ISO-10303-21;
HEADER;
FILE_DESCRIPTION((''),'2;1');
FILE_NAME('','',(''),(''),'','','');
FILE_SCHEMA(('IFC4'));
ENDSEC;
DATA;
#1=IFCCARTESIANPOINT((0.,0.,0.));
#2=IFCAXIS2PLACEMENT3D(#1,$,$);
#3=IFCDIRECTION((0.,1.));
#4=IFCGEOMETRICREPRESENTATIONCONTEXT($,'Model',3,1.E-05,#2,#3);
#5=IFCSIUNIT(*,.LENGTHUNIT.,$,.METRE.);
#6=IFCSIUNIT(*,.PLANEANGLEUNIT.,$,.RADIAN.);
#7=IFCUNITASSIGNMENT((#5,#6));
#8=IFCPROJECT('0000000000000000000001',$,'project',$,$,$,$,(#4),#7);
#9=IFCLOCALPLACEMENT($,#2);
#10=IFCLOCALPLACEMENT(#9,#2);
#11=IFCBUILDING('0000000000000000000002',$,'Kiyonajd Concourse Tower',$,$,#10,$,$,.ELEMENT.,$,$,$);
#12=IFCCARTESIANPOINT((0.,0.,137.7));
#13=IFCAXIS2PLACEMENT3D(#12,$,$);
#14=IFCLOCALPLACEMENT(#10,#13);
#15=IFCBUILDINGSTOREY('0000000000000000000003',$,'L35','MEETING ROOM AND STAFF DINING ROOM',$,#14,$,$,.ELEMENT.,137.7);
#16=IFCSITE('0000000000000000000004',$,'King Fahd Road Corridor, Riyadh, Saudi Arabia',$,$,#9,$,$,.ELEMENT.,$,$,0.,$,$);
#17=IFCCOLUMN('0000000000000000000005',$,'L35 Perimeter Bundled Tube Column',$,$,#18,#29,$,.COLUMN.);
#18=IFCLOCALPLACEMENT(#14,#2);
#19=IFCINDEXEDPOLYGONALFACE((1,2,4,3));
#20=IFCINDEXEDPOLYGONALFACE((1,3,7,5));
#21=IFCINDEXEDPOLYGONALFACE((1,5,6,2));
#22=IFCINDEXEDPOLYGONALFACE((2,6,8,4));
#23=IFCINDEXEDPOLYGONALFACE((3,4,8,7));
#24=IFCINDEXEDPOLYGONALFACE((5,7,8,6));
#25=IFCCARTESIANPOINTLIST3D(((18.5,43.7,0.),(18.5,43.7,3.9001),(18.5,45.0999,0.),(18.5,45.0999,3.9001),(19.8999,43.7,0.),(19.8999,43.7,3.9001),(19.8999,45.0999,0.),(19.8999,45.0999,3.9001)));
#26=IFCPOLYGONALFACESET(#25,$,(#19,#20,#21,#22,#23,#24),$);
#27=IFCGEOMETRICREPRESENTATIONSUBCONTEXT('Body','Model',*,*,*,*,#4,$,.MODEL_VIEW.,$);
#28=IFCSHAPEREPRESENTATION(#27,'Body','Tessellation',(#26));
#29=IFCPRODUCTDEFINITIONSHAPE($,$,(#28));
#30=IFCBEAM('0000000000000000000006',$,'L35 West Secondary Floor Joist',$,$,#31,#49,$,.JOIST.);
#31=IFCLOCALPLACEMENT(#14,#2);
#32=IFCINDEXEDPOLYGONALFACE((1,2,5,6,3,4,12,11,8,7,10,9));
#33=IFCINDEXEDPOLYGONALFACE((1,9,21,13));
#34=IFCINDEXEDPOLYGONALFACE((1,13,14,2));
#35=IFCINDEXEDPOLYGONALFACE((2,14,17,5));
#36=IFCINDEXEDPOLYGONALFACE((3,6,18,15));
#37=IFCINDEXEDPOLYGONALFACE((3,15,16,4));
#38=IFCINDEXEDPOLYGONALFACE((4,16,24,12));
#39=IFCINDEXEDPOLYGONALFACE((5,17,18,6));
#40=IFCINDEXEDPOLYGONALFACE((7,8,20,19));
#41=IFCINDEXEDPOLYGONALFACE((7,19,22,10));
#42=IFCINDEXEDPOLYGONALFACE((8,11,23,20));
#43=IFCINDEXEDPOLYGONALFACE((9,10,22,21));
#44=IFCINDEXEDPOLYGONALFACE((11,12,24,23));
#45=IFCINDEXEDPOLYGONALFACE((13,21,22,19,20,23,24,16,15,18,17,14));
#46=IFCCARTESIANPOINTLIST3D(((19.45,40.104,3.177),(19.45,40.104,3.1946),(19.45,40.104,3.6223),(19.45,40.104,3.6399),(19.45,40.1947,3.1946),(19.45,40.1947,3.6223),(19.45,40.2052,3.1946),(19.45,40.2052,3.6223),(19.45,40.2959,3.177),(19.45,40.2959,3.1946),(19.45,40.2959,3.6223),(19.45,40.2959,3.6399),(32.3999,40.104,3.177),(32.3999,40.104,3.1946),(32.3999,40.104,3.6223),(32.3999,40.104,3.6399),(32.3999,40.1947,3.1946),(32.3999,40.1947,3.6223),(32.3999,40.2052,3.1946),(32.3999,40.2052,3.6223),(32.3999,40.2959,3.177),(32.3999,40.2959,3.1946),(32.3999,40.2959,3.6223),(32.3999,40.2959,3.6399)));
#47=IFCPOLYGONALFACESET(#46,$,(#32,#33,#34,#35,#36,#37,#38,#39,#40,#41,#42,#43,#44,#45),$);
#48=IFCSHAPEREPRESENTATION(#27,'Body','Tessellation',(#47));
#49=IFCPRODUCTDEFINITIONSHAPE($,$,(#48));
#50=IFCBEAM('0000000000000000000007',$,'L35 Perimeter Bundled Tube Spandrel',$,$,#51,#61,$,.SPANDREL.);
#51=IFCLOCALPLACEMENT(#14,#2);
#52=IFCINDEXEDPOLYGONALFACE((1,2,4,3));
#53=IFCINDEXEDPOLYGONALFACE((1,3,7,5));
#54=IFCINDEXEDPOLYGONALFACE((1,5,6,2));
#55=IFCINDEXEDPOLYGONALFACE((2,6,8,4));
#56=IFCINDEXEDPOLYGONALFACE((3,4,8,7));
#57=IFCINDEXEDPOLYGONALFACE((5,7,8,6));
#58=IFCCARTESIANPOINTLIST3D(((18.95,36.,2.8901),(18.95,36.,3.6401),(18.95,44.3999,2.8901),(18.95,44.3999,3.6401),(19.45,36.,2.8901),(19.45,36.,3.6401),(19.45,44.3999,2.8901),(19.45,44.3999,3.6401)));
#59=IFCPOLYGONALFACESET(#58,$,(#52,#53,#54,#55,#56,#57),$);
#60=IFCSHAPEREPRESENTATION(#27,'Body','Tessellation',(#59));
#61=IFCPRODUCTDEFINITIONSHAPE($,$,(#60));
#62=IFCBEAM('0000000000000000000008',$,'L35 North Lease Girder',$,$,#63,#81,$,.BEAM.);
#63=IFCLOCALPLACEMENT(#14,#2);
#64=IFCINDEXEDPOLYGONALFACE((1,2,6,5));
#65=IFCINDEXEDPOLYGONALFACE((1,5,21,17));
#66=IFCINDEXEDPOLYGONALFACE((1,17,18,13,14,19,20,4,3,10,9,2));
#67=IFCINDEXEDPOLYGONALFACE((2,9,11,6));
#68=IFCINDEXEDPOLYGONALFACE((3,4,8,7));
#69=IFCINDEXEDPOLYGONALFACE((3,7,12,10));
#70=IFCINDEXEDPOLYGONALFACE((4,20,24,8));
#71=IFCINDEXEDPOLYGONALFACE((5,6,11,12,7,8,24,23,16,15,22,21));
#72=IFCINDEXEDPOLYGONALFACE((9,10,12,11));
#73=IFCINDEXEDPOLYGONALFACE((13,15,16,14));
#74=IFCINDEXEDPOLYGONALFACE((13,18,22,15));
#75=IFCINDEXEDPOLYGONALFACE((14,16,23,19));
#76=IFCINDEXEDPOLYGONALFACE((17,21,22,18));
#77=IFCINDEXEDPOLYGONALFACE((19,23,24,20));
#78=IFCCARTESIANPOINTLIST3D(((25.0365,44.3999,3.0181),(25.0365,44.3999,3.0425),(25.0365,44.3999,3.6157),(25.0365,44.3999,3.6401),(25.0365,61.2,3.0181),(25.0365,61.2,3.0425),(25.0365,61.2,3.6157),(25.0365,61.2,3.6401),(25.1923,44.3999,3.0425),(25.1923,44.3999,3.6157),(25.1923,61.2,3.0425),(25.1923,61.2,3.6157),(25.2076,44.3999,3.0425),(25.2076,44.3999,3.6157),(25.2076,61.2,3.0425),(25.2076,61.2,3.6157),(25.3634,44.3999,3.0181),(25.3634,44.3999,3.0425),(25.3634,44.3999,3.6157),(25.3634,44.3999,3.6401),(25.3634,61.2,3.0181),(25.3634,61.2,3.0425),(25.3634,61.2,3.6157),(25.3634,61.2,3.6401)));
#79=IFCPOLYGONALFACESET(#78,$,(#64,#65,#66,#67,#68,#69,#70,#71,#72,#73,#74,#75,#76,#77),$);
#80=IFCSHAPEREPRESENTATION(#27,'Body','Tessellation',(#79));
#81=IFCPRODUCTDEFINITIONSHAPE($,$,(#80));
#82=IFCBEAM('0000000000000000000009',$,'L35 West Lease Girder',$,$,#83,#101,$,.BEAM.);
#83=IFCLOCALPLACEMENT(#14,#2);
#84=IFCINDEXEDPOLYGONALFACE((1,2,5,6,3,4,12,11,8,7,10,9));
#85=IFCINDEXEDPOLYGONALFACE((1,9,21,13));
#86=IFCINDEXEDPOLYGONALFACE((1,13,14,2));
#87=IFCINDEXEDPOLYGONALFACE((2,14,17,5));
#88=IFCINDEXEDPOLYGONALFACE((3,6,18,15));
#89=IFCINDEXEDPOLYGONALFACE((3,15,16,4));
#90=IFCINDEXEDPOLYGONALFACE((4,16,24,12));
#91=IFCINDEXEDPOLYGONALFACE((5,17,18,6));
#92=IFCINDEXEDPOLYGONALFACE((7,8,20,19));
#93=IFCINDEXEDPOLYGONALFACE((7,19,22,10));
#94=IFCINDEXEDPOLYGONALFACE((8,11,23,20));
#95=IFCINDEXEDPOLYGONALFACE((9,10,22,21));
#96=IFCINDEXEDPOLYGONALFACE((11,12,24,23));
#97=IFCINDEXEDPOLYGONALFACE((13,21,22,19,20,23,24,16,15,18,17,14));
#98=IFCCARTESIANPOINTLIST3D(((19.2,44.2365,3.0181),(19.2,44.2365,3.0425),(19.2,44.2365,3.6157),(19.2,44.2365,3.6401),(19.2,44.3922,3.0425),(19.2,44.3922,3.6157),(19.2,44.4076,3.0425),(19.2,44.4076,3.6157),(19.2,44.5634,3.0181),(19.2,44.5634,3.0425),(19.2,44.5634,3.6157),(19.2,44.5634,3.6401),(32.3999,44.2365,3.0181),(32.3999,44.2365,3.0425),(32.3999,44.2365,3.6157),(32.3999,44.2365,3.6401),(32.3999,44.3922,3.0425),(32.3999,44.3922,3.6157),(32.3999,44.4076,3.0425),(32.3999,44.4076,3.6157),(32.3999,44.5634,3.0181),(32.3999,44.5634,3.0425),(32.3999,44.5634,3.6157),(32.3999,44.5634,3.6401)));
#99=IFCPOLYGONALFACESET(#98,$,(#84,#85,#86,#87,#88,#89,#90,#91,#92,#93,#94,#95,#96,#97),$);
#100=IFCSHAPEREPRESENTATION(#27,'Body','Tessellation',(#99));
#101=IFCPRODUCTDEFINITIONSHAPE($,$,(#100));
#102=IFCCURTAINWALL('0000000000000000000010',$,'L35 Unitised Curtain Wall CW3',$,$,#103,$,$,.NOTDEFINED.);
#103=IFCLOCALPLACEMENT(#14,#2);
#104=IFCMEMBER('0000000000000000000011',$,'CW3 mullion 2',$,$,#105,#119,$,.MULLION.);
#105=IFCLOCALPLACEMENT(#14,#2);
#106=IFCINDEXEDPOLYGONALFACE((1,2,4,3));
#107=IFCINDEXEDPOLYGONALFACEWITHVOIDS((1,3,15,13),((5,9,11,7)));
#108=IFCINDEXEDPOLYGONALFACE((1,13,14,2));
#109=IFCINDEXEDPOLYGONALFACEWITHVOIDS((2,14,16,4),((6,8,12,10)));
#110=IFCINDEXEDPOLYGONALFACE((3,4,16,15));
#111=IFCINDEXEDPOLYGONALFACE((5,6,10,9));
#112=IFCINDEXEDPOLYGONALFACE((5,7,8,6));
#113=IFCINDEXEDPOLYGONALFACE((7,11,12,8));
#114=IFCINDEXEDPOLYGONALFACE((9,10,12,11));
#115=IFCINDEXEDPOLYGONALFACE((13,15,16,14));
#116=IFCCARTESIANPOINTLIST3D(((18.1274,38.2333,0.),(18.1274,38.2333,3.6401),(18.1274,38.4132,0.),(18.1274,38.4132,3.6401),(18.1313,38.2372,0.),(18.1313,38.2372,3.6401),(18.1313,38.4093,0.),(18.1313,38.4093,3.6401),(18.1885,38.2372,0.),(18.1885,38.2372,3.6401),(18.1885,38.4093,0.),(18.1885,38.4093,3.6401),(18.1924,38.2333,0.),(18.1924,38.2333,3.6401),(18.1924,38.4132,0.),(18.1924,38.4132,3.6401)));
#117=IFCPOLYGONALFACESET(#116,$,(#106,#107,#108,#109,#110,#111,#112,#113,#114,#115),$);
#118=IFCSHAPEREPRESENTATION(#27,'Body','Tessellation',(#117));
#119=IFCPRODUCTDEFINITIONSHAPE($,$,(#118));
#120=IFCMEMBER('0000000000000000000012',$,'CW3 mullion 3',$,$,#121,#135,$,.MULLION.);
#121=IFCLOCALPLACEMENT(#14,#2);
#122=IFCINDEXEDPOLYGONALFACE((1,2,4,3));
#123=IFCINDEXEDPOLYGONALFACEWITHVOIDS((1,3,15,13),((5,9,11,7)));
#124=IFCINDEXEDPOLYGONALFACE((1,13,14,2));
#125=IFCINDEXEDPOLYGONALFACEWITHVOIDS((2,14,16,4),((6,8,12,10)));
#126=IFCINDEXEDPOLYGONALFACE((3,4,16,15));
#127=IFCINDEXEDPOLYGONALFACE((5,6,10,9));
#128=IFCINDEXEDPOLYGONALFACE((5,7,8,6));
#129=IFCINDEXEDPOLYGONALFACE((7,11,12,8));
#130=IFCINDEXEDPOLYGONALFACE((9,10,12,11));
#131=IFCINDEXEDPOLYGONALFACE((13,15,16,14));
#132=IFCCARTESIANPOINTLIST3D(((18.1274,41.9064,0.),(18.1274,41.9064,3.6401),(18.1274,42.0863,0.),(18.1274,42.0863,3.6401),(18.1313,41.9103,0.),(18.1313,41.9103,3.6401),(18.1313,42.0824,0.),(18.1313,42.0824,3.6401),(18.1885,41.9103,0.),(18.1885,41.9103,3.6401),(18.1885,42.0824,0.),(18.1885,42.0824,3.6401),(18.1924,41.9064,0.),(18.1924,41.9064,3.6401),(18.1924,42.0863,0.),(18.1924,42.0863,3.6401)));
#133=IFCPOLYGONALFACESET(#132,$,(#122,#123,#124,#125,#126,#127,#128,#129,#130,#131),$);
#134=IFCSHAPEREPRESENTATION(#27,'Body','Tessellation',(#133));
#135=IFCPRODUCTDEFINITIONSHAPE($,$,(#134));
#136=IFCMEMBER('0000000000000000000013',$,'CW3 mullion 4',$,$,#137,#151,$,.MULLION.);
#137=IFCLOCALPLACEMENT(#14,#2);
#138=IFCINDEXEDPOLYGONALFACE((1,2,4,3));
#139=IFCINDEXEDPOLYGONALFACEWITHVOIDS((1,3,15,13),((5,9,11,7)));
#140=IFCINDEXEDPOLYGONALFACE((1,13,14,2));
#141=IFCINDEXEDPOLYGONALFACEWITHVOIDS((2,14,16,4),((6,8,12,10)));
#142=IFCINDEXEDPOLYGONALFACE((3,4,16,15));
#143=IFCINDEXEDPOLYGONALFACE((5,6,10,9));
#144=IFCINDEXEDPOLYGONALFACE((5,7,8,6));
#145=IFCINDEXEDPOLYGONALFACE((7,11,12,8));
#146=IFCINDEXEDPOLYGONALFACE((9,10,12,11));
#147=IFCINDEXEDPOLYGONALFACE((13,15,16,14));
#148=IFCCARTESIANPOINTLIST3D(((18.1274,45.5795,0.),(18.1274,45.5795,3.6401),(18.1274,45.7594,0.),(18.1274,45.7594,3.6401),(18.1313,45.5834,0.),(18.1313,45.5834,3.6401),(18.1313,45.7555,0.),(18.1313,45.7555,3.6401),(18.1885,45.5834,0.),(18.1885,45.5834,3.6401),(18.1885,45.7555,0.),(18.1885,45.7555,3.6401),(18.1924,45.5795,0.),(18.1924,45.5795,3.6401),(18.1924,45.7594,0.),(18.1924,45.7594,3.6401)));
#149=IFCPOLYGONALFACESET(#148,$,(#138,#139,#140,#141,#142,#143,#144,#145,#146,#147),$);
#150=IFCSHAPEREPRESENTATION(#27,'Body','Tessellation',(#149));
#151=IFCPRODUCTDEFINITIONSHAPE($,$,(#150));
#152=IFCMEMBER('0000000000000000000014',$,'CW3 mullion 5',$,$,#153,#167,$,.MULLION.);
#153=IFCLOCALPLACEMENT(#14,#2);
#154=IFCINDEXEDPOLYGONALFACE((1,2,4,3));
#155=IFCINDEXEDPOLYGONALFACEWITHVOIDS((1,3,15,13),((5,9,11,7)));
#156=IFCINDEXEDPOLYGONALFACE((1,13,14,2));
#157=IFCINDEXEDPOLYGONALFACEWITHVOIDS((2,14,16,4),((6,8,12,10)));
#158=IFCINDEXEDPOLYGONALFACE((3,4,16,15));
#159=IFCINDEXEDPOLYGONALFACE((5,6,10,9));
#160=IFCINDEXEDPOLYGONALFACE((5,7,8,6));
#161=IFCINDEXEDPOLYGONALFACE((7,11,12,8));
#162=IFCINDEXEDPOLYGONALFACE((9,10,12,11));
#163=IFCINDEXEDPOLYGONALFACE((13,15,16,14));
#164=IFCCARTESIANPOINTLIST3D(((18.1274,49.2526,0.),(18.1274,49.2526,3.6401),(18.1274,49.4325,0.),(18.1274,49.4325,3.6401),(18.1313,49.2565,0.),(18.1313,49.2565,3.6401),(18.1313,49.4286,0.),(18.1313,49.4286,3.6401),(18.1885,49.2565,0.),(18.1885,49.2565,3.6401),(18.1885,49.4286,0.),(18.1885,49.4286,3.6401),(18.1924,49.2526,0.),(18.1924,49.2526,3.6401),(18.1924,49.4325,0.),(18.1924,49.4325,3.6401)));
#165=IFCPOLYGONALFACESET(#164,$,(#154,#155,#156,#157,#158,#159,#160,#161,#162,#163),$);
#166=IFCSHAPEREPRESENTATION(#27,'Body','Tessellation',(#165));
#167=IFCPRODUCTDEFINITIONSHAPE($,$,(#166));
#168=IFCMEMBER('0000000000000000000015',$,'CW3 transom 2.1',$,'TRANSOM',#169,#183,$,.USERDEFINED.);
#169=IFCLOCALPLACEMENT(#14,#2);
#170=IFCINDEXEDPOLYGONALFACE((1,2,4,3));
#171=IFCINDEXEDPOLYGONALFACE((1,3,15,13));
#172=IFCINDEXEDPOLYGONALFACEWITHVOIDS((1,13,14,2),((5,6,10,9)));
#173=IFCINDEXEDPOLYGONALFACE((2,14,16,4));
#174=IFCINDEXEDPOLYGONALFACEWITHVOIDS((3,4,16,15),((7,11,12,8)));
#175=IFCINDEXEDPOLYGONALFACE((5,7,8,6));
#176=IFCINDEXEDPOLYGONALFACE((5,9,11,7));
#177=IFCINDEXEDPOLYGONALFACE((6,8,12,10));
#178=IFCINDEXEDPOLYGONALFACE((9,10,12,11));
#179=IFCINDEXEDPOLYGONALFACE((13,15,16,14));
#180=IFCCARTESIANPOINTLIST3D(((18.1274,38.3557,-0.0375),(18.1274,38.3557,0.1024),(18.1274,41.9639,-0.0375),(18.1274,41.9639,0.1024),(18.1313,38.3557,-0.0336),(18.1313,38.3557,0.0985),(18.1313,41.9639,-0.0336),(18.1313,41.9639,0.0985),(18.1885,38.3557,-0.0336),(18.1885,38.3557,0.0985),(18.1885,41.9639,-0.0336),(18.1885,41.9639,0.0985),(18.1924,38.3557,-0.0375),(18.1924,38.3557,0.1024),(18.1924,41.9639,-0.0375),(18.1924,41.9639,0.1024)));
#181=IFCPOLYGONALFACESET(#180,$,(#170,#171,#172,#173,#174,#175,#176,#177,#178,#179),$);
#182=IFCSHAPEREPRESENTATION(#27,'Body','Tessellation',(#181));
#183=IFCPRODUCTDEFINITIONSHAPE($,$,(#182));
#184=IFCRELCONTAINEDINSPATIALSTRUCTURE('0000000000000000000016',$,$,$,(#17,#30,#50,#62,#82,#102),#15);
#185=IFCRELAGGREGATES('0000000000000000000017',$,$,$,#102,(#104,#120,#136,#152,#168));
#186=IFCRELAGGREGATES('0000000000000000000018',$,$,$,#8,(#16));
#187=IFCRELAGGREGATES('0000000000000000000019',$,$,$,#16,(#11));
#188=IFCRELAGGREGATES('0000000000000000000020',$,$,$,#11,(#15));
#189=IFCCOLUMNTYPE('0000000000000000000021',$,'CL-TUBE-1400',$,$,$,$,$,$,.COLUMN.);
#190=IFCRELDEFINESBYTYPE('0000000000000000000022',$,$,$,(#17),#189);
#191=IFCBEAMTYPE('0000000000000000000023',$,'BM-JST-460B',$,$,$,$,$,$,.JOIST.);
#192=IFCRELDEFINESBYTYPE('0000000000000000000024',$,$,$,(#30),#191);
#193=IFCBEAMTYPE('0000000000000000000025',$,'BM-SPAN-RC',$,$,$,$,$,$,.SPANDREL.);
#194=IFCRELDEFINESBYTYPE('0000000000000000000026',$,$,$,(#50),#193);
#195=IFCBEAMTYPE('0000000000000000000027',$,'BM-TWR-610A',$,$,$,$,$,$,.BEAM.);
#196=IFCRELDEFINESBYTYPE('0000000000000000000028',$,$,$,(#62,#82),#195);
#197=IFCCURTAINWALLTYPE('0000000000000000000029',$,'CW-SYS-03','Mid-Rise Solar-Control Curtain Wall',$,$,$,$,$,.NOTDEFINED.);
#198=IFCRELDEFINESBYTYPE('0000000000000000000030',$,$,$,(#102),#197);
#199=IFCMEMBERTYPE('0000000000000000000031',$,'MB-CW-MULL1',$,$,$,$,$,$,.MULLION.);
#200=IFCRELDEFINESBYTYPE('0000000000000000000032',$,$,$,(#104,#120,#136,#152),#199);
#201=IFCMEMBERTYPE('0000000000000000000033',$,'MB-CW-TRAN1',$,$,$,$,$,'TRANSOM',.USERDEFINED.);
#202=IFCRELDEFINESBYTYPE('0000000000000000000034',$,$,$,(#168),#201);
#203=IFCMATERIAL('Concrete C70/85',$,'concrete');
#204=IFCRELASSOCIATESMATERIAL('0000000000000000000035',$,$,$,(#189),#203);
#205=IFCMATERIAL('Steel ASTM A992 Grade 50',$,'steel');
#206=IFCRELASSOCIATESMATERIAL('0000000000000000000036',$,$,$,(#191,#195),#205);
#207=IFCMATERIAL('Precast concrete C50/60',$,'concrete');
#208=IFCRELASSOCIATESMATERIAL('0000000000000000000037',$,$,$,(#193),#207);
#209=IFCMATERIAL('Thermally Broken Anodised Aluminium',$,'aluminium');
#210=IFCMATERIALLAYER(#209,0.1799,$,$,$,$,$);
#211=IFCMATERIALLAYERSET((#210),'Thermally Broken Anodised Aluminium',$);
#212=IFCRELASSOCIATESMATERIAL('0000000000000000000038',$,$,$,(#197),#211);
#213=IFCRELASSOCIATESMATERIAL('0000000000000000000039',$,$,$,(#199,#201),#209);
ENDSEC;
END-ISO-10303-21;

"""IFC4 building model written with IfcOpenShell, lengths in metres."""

from ifc_helpers import new_model, si_unit, direction, frame, origin, origin_2d, place, context, subcontext, project, spatial, rectangle, hollow_rectangle, i_section, extrude, material, layer, layer_set, material_profile, profile_set, type_object, element, aggregate, save


model = new_model("IFC4")

# Units and contexts
model_context = context("Model", 3, precision=1e-05, world=origin(), true_north=direction((0.0, 1.0)))
body_context = subcontext(model_context, "Body", "Model", "MODEL_VIEW")
ifc_project = project(units=[si_unit("LENGTHUNIT", "METRE"), si_unit("PLANEANGLEUNIT", "RADIAN")], contexts=[model_context])

# Site, building, storey
site_placement = place(None, origin())
site = spatial("IfcSite", under=ifc_project, at=site_placement, Name="King Fahd Road Corridor, Riyadh, Saudi Arabia", CompositionType="ELEMENT", RefElevation=0.0)
building_placement = place(site_placement, origin())
building = spatial("IfcBuilding", under=site, at=building_placement, Name="Kiyonajd Concourse Tower", CompositionType="ELEMENT")
storey_placement = place(building_placement, frame((0.0, 0.0, 137.7)))
storey = spatial("IfcBuildingStorey", under=building, at=storey_placement, Name="L35", Description="MEETING ROOM AND STAFF DINING ROOM", CompositionType="ELEMENT", Elevation=137.7)

# Column
ifc_material_1 = material(Name="Concrete C70/85", Category="concrete")
ifc_material_profile_1 = material_profile(ifc_material_1, rectangle(XDim=1.3999, YDim=1.3999, at=origin_2d()), Name="RC-1400x1400")
ifc_profile_set_1 = profile_set([ifc_material_profile_1], Name="Concrete C70/85")
column_type = type_object("IfcColumnType", Name="CL-TUBE-1400", PredefinedType="COLUMN", material=ifc_profile_set_1)
column_placement = place(storey_placement, frame((19.2, 44.3999, 0.0), z_axis=(0.0, 0.0, 1.0), x_axis=(1.0, 0.0, 0.0)))
element("IfcColumn", 1, at=column_placement, inside=storey, type_object=column_type, Name="L35 Perimeter Bundled Tube Column", PredefinedType="COLUMN", context=body_context, shape_type="SweptSolid", body=[
    extrude(rectangle(XDim=1.3999, YDim=1.3999, at=origin_2d()), origin(), (0.0, 0.0, 1.0), 3.9001),
])

# Beams
ifc_material_2 = material(Name="Steel ASTM A992 Grade 50", Category="steel")
ifc_material_profile_2 = material_profile(ifc_material_2, i_section(OverallWidth=0.1919, OverallDepth=0.4629, WebThickness=0.0105, FlangeThickness=0.0176, at=origin_2d()), Name="W460X89")
ifc_profile_set_2 = profile_set([ifc_material_profile_2], Name="Steel ASTM A992 Grade 50")
beam_type_1 = type_object("IfcBeamType", Name="BM-JST-460B", PredefinedType="JOIST", material=ifc_profile_set_2)
beam_1_placement = place(storey_placement, frame((19.45, 40.2, 3.4084), z_axis=(1.0, 0.0, 0.0), x_axis=(0.0, 1.0, 0.0)))
element("IfcBeam", 2, at=beam_1_placement, inside=storey, type_object=beam_type_1, Name="L35 West Secondary Floor Joist", PredefinedType="JOIST", context=body_context, shape_type="SweptSolid", body=[
    extrude(i_section(OverallWidth=0.1919, OverallDepth=0.4629, WebThickness=0.0105, FlangeThickness=0.0176, at=origin_2d()), origin(), (0.0, 0.0, 1.0), 12.95),
])
ifc_material_3 = material(Name="Precast concrete C50/60", Category="concrete")
ifc_material_profile_3 = material_profile(ifc_material_3, rectangle(XDim=0.5, YDim=0.75, at=origin_2d()), Name="RCBM-500x750")
ifc_profile_set_3 = profile_set([ifc_material_profile_3], Name="Precast concrete C50/60")
beam_type_2 = type_object("IfcBeamType", Name="BM-SPAN-RC", PredefinedType="SPANDREL", material=ifc_profile_set_3)
beam_2_placement = place(storey_placement, frame((19.2, 44.3999, 3.2651), z_axis=(0.0, -1.0, 0.0), x_axis=(1.0, 0.0, 0.0)))
element("IfcBeam", 3, at=beam_2_placement, inside=storey, type_object=beam_type_2, Name="L35 Perimeter Bundled Tube Spandrel", PredefinedType="SPANDREL", context=body_context, shape_type="SweptSolid", body=[
    extrude(rectangle(XDim=0.5, YDim=0.75, at=origin_2d()), origin(), (0.0, 0.0, 1.0), 8.3999),
])
ifc_material_profile_4 = material_profile(ifc_material_2, i_section(OverallWidth=0.3269, OverallDepth=0.6221, WebThickness=0.0154, FlangeThickness=0.0244, at=origin_2d()), Name="W610X195")
ifc_profile_set_4 = profile_set([ifc_material_profile_4], Name="Steel ASTM A992 Grade 50")
beam_type_3 = type_object("IfcBeamType", Name="BM-TWR-610A", PredefinedType="BEAM", material=ifc_profile_set_4)
beam_3_placement = place(storey_placement, frame((25.2, 44.3999, 3.3291), z_axis=(0.0, 1.0, 0.0), x_axis=(-1.0, 0.0, 0.0)))
element("IfcBeam", 4, at=beam_3_placement, inside=storey, type_object=beam_type_3, Name="L35 North Lease Girder", PredefinedType="BEAM", context=body_context, shape_type="SweptSolid", body=[
    extrude(i_section(OverallWidth=0.3269, OverallDepth=0.6221, WebThickness=0.0154, FlangeThickness=0.0244, at=origin_2d()), origin(), (0.0, 0.0, 1.0), 16.8),
])
beam_4_placement = place(storey_placement, frame((19.2, 44.3999, 3.3291), z_axis=(1.0, 0.0, 0.0), x_axis=(0.0, 1.0, 0.0)))
element("IfcBeam", 5, at=beam_4_placement, inside=storey, type_object=beam_type_3, Name="L35 West Lease Girder", PredefinedType="BEAM", context=body_context, shape_type="SweptSolid", body=[
    extrude(i_section(OverallWidth=0.3269, OverallDepth=0.6221, WebThickness=0.0154, FlangeThickness=0.0244, at=origin_2d()), origin(), (0.0, 0.0, 1.0), 13.2),
])

# Curtain wall, members
ifc_material_4 = material(Name="Thermally Broken Anodised Aluminium", Category="aluminium")
ifc_layer_1 = layer(ifc_material_4, 0.1799)
ifc_layer_set_1 = layer_set([ifc_layer_1], Name="Thermally Broken Anodised Aluminium")
curtain_wall_type = type_object("IfcCurtainWallType", Name="CW-SYS-03", Description="Mid-Rise Solar-Control Curtain Wall", PredefinedType="NOTDEFINED", material=ifc_layer_set_1)
curtain_wall_placement = place(storey_placement, origin())
curtain_wall = element("IfcCurtainWall", 6, at=curtain_wall_placement, inside=storey, type_object=curtain_wall_type, Name="L35 Unitised Curtain Wall CW3", PredefinedType="NOTDEFINED")
ifc_material_profile_5 = material_profile(ifc_material_4, hollow_rectangle(XDim=0.0649, YDim=0.1799, WallThickness=0.0039, at=origin_2d()), Name="MULL-65x180")
ifc_profile_set_5 = profile_set([ifc_material_profile_5], Name="Thermally Broken Anodised Aluminium")
member_type_1 = type_object("IfcMemberType", Name="MB-CW-MULL1", PredefinedType="MULLION", material=ifc_profile_set_5)
member_1_placement = place(storey_placement, frame((18.1599, 38.3232, 0.0), z_axis=(0.0, 0.0, 1.0), x_axis=(-1.0, 0.0, 0.0)))
member_1 = element("IfcMember", 7, at=member_1_placement, type_object=member_type_1, Name="CW3 mullion 2", PredefinedType="MULLION", context=body_context, shape_type="SweptSolid", body=[
    extrude(hollow_rectangle(XDim=0.0649, YDim=0.1799, WallThickness=0.0039, at=origin_2d()), origin(), (0.0, 0.0, 1.0), 3.6401),
])
member_2_placement = place(storey_placement, frame((18.1599, 41.9963, 0.0), z_axis=(0.0, 0.0, 1.0), x_axis=(-1.0, 0.0, 0.0)))
member_2 = element("IfcMember", 8, at=member_2_placement, type_object=member_type_1, Name="CW3 mullion 3", PredefinedType="MULLION", context=body_context, shape_type="SweptSolid", body=[
    extrude(hollow_rectangle(XDim=0.0649, YDim=0.1799, WallThickness=0.0039, at=origin_2d()), origin(), (0.0, 0.0, 1.0), 3.6401),
])
member_3_placement = place(storey_placement, frame((18.1599, 45.6694, 0.0), z_axis=(0.0, 0.0, 1.0), x_axis=(-1.0, 0.0, 0.0)))
member_3 = element("IfcMember", 9, at=member_3_placement, type_object=member_type_1, Name="CW3 mullion 4", PredefinedType="MULLION", context=body_context, shape_type="SweptSolid", body=[
    extrude(hollow_rectangle(XDim=0.0649, YDim=0.1799, WallThickness=0.0039, at=origin_2d()), origin(), (0.0, 0.0, 1.0), 3.6401),
])
member_4_placement = place(storey_placement, frame((18.1599, 49.3425, 0.0), z_axis=(0.0, 0.0, 1.0), x_axis=(-1.0, 0.0, 0.0)))
member_4 = element("IfcMember", 10, at=member_4_placement, type_object=member_type_1, Name="CW3 mullion 5", PredefinedType="MULLION", context=body_context, shape_type="SweptSolid", body=[
    extrude(hollow_rectangle(XDim=0.0649, YDim=0.1799, WallThickness=0.0039, at=origin_2d()), origin(), (0.0, 0.0, 1.0), 3.6401),
])
ifc_material_profile_6 = material_profile(ifc_material_4, hollow_rectangle(XDim=0.0649, YDim=0.1399, WallThickness=0.0039, at=origin_2d()), Name="TRAN-65x140")
ifc_profile_set_6 = profile_set([ifc_material_profile_6], Name="Thermally Broken Anodised Aluminium")
member_type_2 = type_object("IfcMemberType", Name="MB-CW-TRAN1", ElementType="TRANSOM", PredefinedType="USERDEFINED", material=ifc_profile_set_6)
member_5_placement = place(storey_placement, frame((18.1599, 38.3557, 0.0325), z_axis=(0.0, 1.0, 0.0), x_axis=(-1.0, 0.0, 0.0)))
member_5 = element("IfcMember", 11, at=member_5_placement, type_object=member_type_2, Name="CW3 transom 2.1", ObjectType="TRANSOM", PredefinedType="USERDEFINED", context=body_context, shape_type="SweptSolid", body=[
    extrude(hollow_rectangle(XDim=0.0649, YDim=0.1399, WallThickness=0.0039, at=origin_2d()), origin(), (0.0, 0.0, 1.0), 3.6082),
])
aggregate(curtain_wall, [member_1, member_2, member_3, member_4, member_5])

save(model, "model.ifc")
